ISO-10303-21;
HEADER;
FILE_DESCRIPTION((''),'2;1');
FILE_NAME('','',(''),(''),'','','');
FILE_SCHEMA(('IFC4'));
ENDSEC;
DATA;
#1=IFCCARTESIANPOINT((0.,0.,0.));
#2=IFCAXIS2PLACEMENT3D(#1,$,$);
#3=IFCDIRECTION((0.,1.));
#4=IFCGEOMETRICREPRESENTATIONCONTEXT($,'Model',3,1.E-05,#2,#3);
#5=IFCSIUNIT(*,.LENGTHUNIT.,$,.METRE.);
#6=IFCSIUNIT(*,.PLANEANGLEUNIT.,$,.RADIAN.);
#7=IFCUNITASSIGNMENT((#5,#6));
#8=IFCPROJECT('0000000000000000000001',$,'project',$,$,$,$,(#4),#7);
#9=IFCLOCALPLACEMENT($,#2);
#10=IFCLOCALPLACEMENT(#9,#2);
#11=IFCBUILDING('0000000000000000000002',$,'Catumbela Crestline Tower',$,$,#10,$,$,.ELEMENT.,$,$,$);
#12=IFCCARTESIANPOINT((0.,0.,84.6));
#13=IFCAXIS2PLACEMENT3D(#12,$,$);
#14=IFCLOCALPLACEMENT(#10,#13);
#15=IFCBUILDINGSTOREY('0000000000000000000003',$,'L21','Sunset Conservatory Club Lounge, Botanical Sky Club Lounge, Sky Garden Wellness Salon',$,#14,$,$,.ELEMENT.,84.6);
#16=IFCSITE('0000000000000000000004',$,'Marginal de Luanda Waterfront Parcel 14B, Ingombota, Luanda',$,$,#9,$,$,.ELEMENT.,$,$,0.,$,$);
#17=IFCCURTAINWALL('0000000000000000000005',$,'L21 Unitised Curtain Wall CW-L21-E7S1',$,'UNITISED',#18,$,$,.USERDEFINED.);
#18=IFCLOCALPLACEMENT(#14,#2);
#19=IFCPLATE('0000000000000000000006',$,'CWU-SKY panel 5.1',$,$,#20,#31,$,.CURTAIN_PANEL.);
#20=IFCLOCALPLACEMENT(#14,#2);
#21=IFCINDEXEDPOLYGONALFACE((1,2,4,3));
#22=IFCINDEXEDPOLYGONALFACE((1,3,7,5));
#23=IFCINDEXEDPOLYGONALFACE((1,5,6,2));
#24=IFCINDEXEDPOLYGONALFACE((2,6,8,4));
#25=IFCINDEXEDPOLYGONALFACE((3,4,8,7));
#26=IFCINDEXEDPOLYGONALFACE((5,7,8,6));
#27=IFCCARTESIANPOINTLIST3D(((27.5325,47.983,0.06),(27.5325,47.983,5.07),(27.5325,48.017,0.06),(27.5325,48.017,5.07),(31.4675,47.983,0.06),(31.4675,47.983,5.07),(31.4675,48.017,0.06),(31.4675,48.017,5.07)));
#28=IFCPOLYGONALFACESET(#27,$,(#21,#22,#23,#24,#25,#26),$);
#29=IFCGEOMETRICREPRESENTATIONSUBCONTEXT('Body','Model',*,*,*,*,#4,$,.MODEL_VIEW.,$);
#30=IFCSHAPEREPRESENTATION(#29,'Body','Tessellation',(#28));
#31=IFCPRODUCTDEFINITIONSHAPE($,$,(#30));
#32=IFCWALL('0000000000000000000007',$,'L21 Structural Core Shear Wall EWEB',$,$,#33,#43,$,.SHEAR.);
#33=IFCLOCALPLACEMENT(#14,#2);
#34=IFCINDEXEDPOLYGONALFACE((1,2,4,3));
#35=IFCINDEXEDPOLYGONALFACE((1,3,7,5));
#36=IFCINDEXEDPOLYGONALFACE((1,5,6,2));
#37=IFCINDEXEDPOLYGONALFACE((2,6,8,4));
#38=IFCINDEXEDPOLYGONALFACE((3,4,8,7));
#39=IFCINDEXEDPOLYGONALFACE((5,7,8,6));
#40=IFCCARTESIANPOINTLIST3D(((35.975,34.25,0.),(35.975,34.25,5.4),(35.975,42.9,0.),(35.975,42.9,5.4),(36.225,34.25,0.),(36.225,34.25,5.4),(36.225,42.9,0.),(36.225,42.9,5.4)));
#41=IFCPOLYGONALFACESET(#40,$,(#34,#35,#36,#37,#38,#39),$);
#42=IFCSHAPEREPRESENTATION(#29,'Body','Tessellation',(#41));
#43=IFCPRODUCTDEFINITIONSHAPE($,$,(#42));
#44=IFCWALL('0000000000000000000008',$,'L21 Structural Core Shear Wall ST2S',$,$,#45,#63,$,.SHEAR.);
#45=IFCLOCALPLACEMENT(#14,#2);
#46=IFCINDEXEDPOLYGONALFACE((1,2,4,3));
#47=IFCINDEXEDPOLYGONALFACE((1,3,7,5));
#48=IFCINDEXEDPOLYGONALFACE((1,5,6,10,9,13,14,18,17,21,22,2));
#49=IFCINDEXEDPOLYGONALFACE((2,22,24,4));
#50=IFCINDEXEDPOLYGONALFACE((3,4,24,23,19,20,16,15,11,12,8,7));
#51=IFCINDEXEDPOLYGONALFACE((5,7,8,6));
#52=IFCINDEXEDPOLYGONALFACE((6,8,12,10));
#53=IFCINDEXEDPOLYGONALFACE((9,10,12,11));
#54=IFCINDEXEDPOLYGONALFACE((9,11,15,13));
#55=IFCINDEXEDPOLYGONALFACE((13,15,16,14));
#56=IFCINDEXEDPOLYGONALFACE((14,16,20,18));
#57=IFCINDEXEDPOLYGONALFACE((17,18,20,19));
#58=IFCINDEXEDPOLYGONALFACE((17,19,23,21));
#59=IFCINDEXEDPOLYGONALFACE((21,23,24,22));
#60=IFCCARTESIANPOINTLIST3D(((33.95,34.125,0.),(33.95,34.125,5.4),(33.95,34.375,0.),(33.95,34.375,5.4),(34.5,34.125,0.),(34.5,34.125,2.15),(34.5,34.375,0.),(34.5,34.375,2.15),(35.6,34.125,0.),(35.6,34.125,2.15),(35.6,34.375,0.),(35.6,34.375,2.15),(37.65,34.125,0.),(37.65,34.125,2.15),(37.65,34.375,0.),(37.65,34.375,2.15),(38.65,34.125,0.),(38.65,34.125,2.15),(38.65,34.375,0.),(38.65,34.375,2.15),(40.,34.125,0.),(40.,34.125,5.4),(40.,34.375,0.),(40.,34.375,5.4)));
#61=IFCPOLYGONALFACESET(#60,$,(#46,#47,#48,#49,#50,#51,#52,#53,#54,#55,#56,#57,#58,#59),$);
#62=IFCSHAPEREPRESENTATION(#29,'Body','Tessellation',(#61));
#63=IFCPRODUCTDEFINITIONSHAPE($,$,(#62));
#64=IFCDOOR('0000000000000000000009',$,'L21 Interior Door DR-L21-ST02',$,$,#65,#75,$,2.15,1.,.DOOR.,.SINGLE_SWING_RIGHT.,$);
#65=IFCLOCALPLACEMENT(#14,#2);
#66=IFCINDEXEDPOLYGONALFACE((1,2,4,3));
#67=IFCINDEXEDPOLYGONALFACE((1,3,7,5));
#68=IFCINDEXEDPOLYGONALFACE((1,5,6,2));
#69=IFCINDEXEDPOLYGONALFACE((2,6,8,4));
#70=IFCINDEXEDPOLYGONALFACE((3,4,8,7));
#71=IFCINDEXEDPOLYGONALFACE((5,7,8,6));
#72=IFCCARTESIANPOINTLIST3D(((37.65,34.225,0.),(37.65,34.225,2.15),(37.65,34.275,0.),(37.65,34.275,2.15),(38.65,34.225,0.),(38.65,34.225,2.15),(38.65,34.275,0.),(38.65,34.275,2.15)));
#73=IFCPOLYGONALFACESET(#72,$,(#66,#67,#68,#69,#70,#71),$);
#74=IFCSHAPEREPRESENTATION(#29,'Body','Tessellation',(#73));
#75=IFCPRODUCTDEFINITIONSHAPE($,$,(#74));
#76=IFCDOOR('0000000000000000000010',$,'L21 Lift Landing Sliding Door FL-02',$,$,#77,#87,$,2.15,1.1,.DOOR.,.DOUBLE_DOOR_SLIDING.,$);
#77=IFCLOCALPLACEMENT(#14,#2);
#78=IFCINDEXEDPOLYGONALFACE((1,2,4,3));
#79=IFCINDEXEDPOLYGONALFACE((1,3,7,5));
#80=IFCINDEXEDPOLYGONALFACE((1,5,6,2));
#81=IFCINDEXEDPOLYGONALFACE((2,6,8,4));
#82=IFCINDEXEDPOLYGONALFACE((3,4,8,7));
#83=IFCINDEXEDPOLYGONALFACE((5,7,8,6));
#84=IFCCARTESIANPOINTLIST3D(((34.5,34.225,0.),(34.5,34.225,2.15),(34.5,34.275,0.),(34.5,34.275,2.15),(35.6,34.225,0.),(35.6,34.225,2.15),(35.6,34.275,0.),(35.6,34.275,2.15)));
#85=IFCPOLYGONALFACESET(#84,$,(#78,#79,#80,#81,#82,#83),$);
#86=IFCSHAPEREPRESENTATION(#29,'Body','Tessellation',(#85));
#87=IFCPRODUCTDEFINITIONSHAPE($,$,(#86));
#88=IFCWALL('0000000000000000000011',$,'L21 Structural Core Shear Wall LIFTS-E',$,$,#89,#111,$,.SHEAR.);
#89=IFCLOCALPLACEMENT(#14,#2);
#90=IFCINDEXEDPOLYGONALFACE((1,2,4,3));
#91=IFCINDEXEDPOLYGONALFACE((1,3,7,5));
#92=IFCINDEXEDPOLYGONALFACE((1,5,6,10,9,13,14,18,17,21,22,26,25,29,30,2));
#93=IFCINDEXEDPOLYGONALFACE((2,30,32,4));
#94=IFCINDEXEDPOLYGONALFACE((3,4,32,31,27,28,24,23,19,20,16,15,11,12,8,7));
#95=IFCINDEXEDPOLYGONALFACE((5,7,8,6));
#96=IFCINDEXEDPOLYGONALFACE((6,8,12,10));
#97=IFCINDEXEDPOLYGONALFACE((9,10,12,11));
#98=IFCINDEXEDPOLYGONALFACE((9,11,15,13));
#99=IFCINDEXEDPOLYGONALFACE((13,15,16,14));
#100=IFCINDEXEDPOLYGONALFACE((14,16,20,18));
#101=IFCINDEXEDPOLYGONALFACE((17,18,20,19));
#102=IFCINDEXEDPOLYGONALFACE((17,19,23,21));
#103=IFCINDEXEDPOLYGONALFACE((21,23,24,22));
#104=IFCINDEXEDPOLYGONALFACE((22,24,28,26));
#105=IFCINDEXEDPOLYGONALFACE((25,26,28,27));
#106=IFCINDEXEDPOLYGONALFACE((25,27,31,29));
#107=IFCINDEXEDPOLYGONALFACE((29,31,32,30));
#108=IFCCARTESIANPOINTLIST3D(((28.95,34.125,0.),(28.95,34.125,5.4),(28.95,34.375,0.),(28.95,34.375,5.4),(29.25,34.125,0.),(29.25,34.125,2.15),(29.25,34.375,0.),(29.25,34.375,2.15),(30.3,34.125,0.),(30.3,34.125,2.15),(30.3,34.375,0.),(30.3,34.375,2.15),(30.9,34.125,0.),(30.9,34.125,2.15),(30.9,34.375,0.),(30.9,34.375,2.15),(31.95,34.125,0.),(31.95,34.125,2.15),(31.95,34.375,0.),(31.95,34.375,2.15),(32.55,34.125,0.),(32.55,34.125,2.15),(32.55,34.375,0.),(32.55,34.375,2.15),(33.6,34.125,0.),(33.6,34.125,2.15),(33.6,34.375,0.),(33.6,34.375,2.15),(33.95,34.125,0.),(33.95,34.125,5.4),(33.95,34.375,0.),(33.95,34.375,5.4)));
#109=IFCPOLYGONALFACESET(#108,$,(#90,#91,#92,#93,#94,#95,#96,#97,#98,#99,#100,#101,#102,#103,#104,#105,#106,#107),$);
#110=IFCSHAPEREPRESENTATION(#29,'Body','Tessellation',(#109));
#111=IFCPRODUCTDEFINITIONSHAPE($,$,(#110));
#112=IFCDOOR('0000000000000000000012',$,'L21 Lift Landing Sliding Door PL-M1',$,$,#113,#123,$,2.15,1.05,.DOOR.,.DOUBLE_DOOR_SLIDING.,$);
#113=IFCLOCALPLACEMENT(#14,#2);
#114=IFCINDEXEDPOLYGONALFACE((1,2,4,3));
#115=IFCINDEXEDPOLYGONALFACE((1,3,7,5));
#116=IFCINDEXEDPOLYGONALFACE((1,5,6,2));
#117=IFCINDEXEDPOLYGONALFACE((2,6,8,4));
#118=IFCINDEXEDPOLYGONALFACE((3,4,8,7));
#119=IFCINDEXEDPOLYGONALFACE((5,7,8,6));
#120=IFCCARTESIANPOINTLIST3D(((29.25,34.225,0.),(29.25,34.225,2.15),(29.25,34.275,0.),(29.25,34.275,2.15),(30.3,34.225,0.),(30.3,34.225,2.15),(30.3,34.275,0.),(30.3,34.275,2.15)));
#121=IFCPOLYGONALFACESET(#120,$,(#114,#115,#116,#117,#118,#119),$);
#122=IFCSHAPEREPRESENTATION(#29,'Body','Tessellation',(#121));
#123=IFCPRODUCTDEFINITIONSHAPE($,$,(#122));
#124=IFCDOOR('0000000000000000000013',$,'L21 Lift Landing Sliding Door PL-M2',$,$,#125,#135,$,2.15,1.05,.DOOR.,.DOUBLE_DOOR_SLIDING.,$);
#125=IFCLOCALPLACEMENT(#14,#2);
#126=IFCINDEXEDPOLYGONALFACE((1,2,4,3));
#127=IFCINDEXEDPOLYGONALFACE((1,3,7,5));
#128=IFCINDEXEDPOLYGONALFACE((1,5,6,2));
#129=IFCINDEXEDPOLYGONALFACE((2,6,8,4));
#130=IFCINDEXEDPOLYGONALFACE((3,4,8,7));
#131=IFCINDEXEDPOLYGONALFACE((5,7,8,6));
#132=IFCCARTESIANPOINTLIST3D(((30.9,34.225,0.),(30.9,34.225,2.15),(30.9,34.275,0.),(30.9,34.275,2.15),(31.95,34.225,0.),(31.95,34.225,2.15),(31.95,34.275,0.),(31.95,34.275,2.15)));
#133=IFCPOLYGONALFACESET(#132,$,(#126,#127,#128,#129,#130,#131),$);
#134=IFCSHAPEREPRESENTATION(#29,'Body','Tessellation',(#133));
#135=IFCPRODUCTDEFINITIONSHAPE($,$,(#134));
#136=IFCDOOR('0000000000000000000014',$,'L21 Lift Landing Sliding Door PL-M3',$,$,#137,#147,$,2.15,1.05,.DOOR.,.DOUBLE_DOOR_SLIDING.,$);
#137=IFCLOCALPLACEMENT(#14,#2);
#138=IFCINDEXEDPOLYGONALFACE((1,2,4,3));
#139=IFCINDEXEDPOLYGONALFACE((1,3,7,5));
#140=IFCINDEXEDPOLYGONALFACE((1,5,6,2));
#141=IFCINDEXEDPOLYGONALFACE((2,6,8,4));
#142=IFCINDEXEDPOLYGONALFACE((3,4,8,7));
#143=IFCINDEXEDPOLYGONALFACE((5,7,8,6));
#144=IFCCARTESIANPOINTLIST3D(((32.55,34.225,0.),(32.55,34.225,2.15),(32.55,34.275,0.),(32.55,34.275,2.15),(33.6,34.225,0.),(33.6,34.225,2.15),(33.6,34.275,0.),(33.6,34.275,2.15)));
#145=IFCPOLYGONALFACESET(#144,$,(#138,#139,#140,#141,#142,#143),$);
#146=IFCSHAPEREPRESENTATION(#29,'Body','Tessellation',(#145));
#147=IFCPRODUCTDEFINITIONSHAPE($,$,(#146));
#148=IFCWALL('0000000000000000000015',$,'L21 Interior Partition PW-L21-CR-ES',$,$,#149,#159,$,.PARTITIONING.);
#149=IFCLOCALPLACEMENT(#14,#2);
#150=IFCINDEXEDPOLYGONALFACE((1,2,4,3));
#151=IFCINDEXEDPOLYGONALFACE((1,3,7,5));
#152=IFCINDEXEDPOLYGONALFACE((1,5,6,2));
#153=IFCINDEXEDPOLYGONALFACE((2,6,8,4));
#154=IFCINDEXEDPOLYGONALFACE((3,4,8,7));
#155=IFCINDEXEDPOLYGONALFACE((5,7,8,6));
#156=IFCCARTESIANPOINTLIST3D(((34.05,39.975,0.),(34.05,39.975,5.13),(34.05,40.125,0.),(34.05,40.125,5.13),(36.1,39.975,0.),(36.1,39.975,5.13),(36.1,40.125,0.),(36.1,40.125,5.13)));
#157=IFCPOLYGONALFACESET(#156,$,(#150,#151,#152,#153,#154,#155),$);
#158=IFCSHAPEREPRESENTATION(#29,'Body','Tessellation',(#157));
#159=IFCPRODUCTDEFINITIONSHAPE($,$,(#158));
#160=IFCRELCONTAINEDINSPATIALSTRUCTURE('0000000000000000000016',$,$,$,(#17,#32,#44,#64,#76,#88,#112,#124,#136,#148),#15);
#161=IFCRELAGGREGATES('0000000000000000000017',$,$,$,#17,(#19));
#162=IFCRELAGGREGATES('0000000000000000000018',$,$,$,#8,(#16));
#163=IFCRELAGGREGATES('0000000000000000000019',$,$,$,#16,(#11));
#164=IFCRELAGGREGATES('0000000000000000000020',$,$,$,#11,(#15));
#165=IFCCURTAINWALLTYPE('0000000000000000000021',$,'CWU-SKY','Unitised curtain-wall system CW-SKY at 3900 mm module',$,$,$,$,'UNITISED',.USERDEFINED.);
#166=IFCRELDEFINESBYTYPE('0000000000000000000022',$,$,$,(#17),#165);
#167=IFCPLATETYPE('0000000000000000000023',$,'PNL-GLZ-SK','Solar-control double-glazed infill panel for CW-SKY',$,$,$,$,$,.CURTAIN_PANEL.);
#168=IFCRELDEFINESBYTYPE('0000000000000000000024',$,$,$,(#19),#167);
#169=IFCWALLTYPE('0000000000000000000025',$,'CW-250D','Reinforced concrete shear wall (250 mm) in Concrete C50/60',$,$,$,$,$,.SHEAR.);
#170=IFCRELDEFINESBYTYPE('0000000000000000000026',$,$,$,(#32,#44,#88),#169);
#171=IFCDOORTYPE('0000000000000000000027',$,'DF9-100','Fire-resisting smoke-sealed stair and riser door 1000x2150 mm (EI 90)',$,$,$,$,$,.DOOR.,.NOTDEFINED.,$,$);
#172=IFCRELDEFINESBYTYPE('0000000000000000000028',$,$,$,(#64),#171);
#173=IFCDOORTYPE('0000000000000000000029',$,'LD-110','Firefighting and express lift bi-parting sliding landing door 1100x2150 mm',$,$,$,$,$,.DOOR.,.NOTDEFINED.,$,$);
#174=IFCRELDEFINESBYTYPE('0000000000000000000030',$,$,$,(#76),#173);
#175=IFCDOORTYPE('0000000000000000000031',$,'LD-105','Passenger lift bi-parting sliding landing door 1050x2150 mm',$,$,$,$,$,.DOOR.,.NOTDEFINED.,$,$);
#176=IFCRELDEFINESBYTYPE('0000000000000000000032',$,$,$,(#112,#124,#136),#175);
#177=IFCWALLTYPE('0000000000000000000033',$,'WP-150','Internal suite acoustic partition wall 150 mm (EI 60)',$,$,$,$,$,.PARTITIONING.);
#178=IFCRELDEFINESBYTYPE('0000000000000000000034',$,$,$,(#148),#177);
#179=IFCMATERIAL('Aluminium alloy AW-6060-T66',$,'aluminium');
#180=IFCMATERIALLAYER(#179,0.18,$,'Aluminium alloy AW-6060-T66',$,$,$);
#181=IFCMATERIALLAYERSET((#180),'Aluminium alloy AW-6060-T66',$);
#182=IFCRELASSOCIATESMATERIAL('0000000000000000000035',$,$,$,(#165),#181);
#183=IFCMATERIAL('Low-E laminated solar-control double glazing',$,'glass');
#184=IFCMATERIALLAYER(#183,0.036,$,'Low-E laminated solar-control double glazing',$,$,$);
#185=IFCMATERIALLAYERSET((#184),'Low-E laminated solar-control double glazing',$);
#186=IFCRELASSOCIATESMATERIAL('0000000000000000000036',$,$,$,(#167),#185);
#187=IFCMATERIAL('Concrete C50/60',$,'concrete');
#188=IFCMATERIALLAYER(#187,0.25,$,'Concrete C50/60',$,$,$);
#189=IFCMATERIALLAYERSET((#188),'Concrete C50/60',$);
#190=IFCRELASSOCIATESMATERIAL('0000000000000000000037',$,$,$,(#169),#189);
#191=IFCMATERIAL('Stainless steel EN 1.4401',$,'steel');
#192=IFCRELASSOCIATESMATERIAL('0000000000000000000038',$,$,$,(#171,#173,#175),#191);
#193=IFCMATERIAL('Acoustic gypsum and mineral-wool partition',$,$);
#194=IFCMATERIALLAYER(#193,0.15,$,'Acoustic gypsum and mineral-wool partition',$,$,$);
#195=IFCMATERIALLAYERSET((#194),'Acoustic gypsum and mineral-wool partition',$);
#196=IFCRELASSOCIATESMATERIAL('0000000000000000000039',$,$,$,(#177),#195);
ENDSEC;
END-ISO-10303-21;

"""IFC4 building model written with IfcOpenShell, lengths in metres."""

from ifc_helpers import new_model, si_unit, direction, frame, frame_2d, origin, origin_2d, place, context, subcontext, project, spatial, rectangle, extrude, material, layer, layer_set, type_object, element, fill, aggregate, save


model = new_model("IFC4")

# Units and contexts
model_context = context("Model", 3, precision=1e-05, world=origin(), true_north=direction((0.0, 1.0)))
body_context = subcontext(model_context, "Body", "Model", "MODEL_VIEW")
ifc_project = project(units=[si_unit("LENGTHUNIT", "METRE"), si_unit("PLANEANGLEUNIT", "RADIAN")], contexts=[model_context])

# Site, building, storey
site_placement = place(None, origin())
site = spatial("IfcSite", under=ifc_project, at=site_placement, Name="Marginal de Luanda Waterfront Parcel 14B, Ingombota, Luanda", CompositionType="ELEMENT", RefElevation=0.0)
building_placement = place(site_placement, origin())
building = spatial("IfcBuilding", under=site, at=building_placement, Name="Catumbela Crestline Tower", CompositionType="ELEMENT")
storey_placement = place(building_placement, frame((0.0, 0.0, 84.6)))
storey = spatial("IfcBuildingStorey", under=building, at=storey_placement, Name="L21", Description="Sunset Conservatory Club Lounge, Botanical Sky Club Lounge, Sky Garden Wellness Salon", CompositionType="ELEMENT", Elevation=84.6)

# Shared definitions
ifc_material_1 = material(Name="Concrete C50/60", Category="concrete")

# Curtain wall
ifc_material_2 = material(Name="Aluminium alloy AW-6060-T66", Category="aluminium")
ifc_layer_1 = layer(ifc_material_2, 0.18, Name="Aluminium alloy AW-6060-T66")
ifc_layer_set_1 = layer_set([ifc_layer_1], Name="Aluminium alloy AW-6060-T66")
curtain_wall_type = type_object("IfcCurtainWallType", Name="CWU-SKY", Description="Unitised curtain-wall system CW-SKY at 3900 mm module", ElementType="UNITISED", PredefinedType="USERDEFINED", material=ifc_layer_set_1)
curtain_wall_placement = place(storey_placement, origin())
curtain_wall = element("IfcCurtainWall", 1, at=curtain_wall_placement, inside=storey, type_object=curtain_wall_type, Name="L21 Unitised Curtain Wall CW-L21-E7S1", ObjectType="UNITISED", PredefinedType="USERDEFINED")

# Plate
ifc_material_3 = material(Name="Low-E laminated solar-control double glazing", Category="glass")
ifc_layer_2 = layer(ifc_material_3, 0.036, Name="Low-E laminated solar-control double glazing")
ifc_layer_set_2 = layer_set([ifc_layer_2], Name="Low-E laminated solar-control double glazing")
plate_type = type_object("IfcPlateType", Name="PNL-GLZ-SK", Description="Solar-control double-glazed infill panel for CW-SKY", PredefinedType="CURTAIN_PANEL", material=ifc_layer_set_2)
plate_1_placement = place(storey_placement, frame((29.5, 48.0, 0.06), z_axis=(0.0, 0.0, 1.0), x_axis=(-1.0, 0.0, 0.0)))
plate_1 = element("IfcPlate", 2, at=plate_1_placement, type_object=plate_type, Name="CWU-SKY panel 5.1", PredefinedType="CURTAIN_PANEL", context=body_context, shape_type="SweptSolid", body=[
    extrude(rectangle(XDim=3.935, YDim=0.034, at=origin_2d()), origin(), (0.0, 0.0, 1.0), 5.01),
])
aggregate(curtain_wall, [plate_1])

# Wall
ifc_layer_3 = layer(ifc_material_1, 0.25, Name="Concrete C50/60")
ifc_layer_set_3 = layer_set([ifc_layer_3], Name="Concrete C50/60")
wall_type_1 = type_object("IfcWallType", Name="CW-250D", Description="Reinforced concrete shear wall (250 mm) in Concrete C50/60", PredefinedType="SHEAR", material=ifc_layer_set_3)
wall_1_placement = place(storey_placement, frame((36.1, 34.25, 0.0), z_axis=(0.0, 0.0, 1.0), x_axis=(0.0, 1.0, 0.0)))
element("IfcWall", 3, at=wall_1_placement, inside=storey, type_object=wall_type_1, Name="L21 Structural Core Shear Wall EWEB", PredefinedType="SHEAR", context=body_context, shape_type="SweptSolid", body=[
    extrude(rectangle(XDim=8.65, YDim=0.25, at=frame_2d((4.325, 0.0))), origin(), (0.0, 0.0, 1.0), 5.4),
])

# Walls, openings, doors
wall_2_placement = place(storey_placement, frame((33.95, 34.25, 0.0), z_axis=(0.0, 0.0, 1.0), x_axis=(1.0, 0.0, 0.0)))
wall_2 = element("IfcWall", 4, at=wall_2_placement, inside=storey, type_object=wall_type_1, Name="L21 Structural Core Shear Wall ST2S", PredefinedType="SHEAR", context=body_context, shape_type="SweptSolid", body=[
    extrude(rectangle(XDim=6.05, YDim=0.25, at=frame_2d((3.025, 0.0))), origin(), (0.0, 0.0, 1.0), 5.4),
])
opening_1_placement = place(wall_2_placement, frame((3.7, 0.0, 0.0)))
opening_1 = element("IfcOpeningElement", 5, at=opening_1_placement, cuts=wall_2, PredefinedType="OPENING", context=body_context, shape_type="SweptSolid", body=[
    extrude(rectangle(XDim=1.0, YDim=2.15, at=frame_2d((0.5, 1.075))), frame((0.0, 0.135, 0.0), z_axis=(0.0, -1.0, 0.0), x_axis=(1.0, 0.0, 0.0)), (0.0, 0.0, 1.0), 0.27),
])
opening_2_placement = place(wall_2_placement, frame((0.55, 0.0, 0.0)))
opening_2 = element("IfcOpeningElement", 6, at=opening_2_placement, cuts=wall_2, PredefinedType="OPENING", context=body_context, shape_type="SweptSolid", body=[
    extrude(rectangle(XDim=1.1, YDim=2.15, at=frame_2d((0.55, 1.075))), frame((0.0, 0.135, 0.0), z_axis=(0.0, -1.0, 0.0), x_axis=(1.0, 0.0, 0.0)), (0.0, 0.0, 1.0), 0.27),
])
ifc_material_4 = material(Name="Stainless steel EN 1.4401", Category="steel")
door_type_1 = type_object("IfcDoorType", Name="DF9-100", Description="Fire-resisting smoke-sealed stair and riser door 1000x2150 mm (EI 90)", OperationType="NOTDEFINED", PredefinedType="DOOR", material=ifc_material_4)
door_1_placement = place(opening_1_placement, origin())
door_1 = element("IfcDoor", 7, at=door_1_placement, inside=storey, type_object=door_type_1, Name="L21 Interior Door DR-L21-ST02", OperationType="SINGLE_SWING_RIGHT", OverallHeight=2.15, OverallWidth=1.0, PredefinedType="DOOR", context=body_context, shape_type="SweptSolid", body=[
    extrude(rectangle(XDim=1.0, YDim=2.15, at=frame_2d((0.5, 1.075))), frame((0.0, 0.025, 0.0), z_axis=(0.0, -1.0, 0.0), x_axis=(1.0, 0.0, 0.0)), (0.0, 0.0, 1.0), 0.05),
])
fill(opening_1, door_1)
door_type_2 = type_object("IfcDoorType", Name="LD-110", Description="Firefighting and express lift bi-parting sliding landing door 1100x2150 mm", OperationType="NOTDEFINED", PredefinedType="DOOR", material=ifc_material_4)
door_2_placement = place(opening_2_placement, origin())
door_2 = element("IfcDoor", 8, at=door_2_placement, inside=storey, type_object=door_type_2, Name="L21 Lift Landing Sliding Door FL-02", OperationType="DOUBLE_DOOR_SLIDING", OverallHeight=2.15, OverallWidth=1.1, PredefinedType="DOOR", context=body_context, shape_type="SweptSolid", body=[
    extrude(rectangle(XDim=1.1, YDim=2.15, at=frame_2d((0.55, 1.075))), frame((0.0, 0.025, 0.0), z_axis=(0.0, -1.0, 0.0), x_axis=(1.0, 0.0, 0.0)), (0.0, 0.0, 1.0), 0.05),
])
fill(opening_2, door_2)
wall_3_placement = place(storey_placement, frame((28.95, 34.25, 0.0), z_axis=(0.0, 0.0, 1.0), x_axis=(1.0, 0.0, 0.0)))
wall_3 = element("IfcWall", 9, at=wall_3_placement, inside=storey, type_object=wall_type_1, Name="L21 Structural Core Shear Wall LIFTS-E", PredefinedType="SHEAR", context=body_context, shape_type="SweptSolid", body=[
    extrude(rectangle(XDim=5.0, YDim=0.25, at=frame_2d((2.5, 0.0))), origin(), (0.0, 0.0, 1.0), 5.4),
])
opening_3_placement = place(wall_3_placement, frame((0.3, 0.0, 0.0)))
opening_3 = element("IfcOpeningElement", 10, at=opening_3_placement, cuts=wall_3, PredefinedType="OPENING", context=body_context, shape_type="SweptSolid", body=[
    extrude(rectangle(XDim=1.05, YDim=2.15, at=frame_2d((0.525, 1.075))), frame((0.0, 0.135, 0.0), z_axis=(0.0, -1.0, 0.0), x_axis=(1.0, 0.0, 0.0)), (0.0, 0.0, 1.0), 0.27),
])
opening_4_placement = place(wall_3_placement, frame((1.95, 0.0, 0.0)))
opening_4 = element("IfcOpeningElement", 11, at=opening_4_placement, cuts=wall_3, PredefinedType="OPENING", context=body_context, shape_type="SweptSolid", body=[
    extrude(rectangle(XDim=1.05, YDim=2.15, at=frame_2d((0.525, 1.075))), frame((0.0, 0.135, 0.0), z_axis=(0.0, -1.0, 0.0), x_axis=(1.0, 0.0, 0.0)), (0.0, 0.0, 1.0), 0.27),
])
opening_5_placement = place(wall_3_placement, frame((3.6, 0.0, 0.0)))
opening_5 = element("IfcOpeningElement", 12, at=opening_5_placement, cuts=wall_3, PredefinedType="OPENING", context=body_context, shape_type="SweptSolid", body=[
    extrude(rectangle(XDim=1.05, YDim=2.15, at=frame_2d((0.525, 1.075))), frame((0.0, 0.135, 0.0), z_axis=(0.0, -1.0, 0.0), x_axis=(1.0, 0.0, 0.0)), (0.0, 0.0, 1.0), 0.27),
])
door_type_3 = type_object("IfcDoorType", Name="LD-105", Description="Passenger lift bi-parting sliding landing door 1050x2150 mm", OperationType="NOTDEFINED", PredefinedType="DOOR", material=ifc_material_4)
door_3_placement = place(opening_3_placement, origin())
door_3 = element("IfcDoor", 13, at=door_3_placement, inside=storey, type_object=door_type_3, Name="L21 Lift Landing Sliding Door PL-M1", OperationType="DOUBLE_DOOR_SLIDING", OverallHeight=2.15, OverallWidth=1.05, PredefinedType="DOOR", context=body_context, shape_type="SweptSolid", body=[
    extrude(rectangle(XDim=1.05, YDim=2.15, at=frame_2d((0.525, 1.075))), frame((0.0, 0.025, 0.0), z_axis=(0.0, -1.0, 0.0), x_axis=(1.0, 0.0, 0.0)), (0.0, 0.0, 1.0), 0.05),
])
fill(opening_3, door_3)
door_4_placement = place(opening_4_placement, origin())
door_4 = element("IfcDoor", 14, at=door_4_placement, inside=storey, type_object=door_type_3, Name="L21 Lift Landing Sliding Door PL-M2", OperationType="DOUBLE_DOOR_SLIDING", OverallHeight=2.15, OverallWidth=1.05, PredefinedType="DOOR", context=body_context, shape_type="SweptSolid", body=[
    extrude(rectangle(XDim=1.05, YDim=2.15, at=frame_2d((0.525, 1.075))), frame((0.0, 0.025, 0.0), z_axis=(0.0, -1.0, 0.0), x_axis=(1.0, 0.0, 0.0)), (0.0, 0.0, 1.0), 0.05),
])
fill(opening_4, door_4)
door_5_placement = place(opening_5_placement, origin())
door_5 = element("IfcDoor", 15, at=door_5_placement, inside=storey, type_object=door_type_3, Name="L21 Lift Landing Sliding Door PL-M3", OperationType="DOUBLE_DOOR_SLIDING", OverallHeight=2.15, OverallWidth=1.05, PredefinedType="DOOR", context=body_context, shape_type="SweptSolid", body=[
    extrude(rectangle(XDim=1.05, YDim=2.15, at=frame_2d((0.525, 1.075))), frame((0.0, 0.025, 0.0), z_axis=(0.0, -1.0, 0.0), x_axis=(1.0, 0.0, 0.0)), (0.0, 0.0, 1.0), 0.05),
])
fill(opening_5, door_5)

# Wall
ifc_material_5 = material(Name="Acoustic gypsum and mineral-wool partition")
ifc_layer_4 = layer(ifc_material_5, 0.15, Name="Acoustic gypsum and mineral-wool partition")
ifc_layer_set_4 = layer_set([ifc_layer_4], Name="Acoustic gypsum and mineral-wool partition")
wall_type_2 = type_object("IfcWallType", Name="WP-150", Description="Internal suite acoustic partition wall 150 mm (EI 60)", PredefinedType="PARTITIONING", material=ifc_layer_set_4)
wall_4_placement = place(storey_placement, frame((34.05, 40.05, 0.0), z_axis=(0.0, 0.0, 1.0), x_axis=(1.0, 0.0, 0.0)))
element("IfcWall", 16, at=wall_4_placement, inside=storey, type_object=wall_type_2, Name="L21 Interior Partition PW-L21-CR-ES", PredefinedType="PARTITIONING", context=body_context, shape_type="SweptSolid", body=[
    extrude(rectangle(XDim=2.05, YDim=0.15, at=frame_2d((1.025, 0.0))), origin(), (0.0, 0.0, 1.0), 5.13),
])

save(model, "model.ifc")
